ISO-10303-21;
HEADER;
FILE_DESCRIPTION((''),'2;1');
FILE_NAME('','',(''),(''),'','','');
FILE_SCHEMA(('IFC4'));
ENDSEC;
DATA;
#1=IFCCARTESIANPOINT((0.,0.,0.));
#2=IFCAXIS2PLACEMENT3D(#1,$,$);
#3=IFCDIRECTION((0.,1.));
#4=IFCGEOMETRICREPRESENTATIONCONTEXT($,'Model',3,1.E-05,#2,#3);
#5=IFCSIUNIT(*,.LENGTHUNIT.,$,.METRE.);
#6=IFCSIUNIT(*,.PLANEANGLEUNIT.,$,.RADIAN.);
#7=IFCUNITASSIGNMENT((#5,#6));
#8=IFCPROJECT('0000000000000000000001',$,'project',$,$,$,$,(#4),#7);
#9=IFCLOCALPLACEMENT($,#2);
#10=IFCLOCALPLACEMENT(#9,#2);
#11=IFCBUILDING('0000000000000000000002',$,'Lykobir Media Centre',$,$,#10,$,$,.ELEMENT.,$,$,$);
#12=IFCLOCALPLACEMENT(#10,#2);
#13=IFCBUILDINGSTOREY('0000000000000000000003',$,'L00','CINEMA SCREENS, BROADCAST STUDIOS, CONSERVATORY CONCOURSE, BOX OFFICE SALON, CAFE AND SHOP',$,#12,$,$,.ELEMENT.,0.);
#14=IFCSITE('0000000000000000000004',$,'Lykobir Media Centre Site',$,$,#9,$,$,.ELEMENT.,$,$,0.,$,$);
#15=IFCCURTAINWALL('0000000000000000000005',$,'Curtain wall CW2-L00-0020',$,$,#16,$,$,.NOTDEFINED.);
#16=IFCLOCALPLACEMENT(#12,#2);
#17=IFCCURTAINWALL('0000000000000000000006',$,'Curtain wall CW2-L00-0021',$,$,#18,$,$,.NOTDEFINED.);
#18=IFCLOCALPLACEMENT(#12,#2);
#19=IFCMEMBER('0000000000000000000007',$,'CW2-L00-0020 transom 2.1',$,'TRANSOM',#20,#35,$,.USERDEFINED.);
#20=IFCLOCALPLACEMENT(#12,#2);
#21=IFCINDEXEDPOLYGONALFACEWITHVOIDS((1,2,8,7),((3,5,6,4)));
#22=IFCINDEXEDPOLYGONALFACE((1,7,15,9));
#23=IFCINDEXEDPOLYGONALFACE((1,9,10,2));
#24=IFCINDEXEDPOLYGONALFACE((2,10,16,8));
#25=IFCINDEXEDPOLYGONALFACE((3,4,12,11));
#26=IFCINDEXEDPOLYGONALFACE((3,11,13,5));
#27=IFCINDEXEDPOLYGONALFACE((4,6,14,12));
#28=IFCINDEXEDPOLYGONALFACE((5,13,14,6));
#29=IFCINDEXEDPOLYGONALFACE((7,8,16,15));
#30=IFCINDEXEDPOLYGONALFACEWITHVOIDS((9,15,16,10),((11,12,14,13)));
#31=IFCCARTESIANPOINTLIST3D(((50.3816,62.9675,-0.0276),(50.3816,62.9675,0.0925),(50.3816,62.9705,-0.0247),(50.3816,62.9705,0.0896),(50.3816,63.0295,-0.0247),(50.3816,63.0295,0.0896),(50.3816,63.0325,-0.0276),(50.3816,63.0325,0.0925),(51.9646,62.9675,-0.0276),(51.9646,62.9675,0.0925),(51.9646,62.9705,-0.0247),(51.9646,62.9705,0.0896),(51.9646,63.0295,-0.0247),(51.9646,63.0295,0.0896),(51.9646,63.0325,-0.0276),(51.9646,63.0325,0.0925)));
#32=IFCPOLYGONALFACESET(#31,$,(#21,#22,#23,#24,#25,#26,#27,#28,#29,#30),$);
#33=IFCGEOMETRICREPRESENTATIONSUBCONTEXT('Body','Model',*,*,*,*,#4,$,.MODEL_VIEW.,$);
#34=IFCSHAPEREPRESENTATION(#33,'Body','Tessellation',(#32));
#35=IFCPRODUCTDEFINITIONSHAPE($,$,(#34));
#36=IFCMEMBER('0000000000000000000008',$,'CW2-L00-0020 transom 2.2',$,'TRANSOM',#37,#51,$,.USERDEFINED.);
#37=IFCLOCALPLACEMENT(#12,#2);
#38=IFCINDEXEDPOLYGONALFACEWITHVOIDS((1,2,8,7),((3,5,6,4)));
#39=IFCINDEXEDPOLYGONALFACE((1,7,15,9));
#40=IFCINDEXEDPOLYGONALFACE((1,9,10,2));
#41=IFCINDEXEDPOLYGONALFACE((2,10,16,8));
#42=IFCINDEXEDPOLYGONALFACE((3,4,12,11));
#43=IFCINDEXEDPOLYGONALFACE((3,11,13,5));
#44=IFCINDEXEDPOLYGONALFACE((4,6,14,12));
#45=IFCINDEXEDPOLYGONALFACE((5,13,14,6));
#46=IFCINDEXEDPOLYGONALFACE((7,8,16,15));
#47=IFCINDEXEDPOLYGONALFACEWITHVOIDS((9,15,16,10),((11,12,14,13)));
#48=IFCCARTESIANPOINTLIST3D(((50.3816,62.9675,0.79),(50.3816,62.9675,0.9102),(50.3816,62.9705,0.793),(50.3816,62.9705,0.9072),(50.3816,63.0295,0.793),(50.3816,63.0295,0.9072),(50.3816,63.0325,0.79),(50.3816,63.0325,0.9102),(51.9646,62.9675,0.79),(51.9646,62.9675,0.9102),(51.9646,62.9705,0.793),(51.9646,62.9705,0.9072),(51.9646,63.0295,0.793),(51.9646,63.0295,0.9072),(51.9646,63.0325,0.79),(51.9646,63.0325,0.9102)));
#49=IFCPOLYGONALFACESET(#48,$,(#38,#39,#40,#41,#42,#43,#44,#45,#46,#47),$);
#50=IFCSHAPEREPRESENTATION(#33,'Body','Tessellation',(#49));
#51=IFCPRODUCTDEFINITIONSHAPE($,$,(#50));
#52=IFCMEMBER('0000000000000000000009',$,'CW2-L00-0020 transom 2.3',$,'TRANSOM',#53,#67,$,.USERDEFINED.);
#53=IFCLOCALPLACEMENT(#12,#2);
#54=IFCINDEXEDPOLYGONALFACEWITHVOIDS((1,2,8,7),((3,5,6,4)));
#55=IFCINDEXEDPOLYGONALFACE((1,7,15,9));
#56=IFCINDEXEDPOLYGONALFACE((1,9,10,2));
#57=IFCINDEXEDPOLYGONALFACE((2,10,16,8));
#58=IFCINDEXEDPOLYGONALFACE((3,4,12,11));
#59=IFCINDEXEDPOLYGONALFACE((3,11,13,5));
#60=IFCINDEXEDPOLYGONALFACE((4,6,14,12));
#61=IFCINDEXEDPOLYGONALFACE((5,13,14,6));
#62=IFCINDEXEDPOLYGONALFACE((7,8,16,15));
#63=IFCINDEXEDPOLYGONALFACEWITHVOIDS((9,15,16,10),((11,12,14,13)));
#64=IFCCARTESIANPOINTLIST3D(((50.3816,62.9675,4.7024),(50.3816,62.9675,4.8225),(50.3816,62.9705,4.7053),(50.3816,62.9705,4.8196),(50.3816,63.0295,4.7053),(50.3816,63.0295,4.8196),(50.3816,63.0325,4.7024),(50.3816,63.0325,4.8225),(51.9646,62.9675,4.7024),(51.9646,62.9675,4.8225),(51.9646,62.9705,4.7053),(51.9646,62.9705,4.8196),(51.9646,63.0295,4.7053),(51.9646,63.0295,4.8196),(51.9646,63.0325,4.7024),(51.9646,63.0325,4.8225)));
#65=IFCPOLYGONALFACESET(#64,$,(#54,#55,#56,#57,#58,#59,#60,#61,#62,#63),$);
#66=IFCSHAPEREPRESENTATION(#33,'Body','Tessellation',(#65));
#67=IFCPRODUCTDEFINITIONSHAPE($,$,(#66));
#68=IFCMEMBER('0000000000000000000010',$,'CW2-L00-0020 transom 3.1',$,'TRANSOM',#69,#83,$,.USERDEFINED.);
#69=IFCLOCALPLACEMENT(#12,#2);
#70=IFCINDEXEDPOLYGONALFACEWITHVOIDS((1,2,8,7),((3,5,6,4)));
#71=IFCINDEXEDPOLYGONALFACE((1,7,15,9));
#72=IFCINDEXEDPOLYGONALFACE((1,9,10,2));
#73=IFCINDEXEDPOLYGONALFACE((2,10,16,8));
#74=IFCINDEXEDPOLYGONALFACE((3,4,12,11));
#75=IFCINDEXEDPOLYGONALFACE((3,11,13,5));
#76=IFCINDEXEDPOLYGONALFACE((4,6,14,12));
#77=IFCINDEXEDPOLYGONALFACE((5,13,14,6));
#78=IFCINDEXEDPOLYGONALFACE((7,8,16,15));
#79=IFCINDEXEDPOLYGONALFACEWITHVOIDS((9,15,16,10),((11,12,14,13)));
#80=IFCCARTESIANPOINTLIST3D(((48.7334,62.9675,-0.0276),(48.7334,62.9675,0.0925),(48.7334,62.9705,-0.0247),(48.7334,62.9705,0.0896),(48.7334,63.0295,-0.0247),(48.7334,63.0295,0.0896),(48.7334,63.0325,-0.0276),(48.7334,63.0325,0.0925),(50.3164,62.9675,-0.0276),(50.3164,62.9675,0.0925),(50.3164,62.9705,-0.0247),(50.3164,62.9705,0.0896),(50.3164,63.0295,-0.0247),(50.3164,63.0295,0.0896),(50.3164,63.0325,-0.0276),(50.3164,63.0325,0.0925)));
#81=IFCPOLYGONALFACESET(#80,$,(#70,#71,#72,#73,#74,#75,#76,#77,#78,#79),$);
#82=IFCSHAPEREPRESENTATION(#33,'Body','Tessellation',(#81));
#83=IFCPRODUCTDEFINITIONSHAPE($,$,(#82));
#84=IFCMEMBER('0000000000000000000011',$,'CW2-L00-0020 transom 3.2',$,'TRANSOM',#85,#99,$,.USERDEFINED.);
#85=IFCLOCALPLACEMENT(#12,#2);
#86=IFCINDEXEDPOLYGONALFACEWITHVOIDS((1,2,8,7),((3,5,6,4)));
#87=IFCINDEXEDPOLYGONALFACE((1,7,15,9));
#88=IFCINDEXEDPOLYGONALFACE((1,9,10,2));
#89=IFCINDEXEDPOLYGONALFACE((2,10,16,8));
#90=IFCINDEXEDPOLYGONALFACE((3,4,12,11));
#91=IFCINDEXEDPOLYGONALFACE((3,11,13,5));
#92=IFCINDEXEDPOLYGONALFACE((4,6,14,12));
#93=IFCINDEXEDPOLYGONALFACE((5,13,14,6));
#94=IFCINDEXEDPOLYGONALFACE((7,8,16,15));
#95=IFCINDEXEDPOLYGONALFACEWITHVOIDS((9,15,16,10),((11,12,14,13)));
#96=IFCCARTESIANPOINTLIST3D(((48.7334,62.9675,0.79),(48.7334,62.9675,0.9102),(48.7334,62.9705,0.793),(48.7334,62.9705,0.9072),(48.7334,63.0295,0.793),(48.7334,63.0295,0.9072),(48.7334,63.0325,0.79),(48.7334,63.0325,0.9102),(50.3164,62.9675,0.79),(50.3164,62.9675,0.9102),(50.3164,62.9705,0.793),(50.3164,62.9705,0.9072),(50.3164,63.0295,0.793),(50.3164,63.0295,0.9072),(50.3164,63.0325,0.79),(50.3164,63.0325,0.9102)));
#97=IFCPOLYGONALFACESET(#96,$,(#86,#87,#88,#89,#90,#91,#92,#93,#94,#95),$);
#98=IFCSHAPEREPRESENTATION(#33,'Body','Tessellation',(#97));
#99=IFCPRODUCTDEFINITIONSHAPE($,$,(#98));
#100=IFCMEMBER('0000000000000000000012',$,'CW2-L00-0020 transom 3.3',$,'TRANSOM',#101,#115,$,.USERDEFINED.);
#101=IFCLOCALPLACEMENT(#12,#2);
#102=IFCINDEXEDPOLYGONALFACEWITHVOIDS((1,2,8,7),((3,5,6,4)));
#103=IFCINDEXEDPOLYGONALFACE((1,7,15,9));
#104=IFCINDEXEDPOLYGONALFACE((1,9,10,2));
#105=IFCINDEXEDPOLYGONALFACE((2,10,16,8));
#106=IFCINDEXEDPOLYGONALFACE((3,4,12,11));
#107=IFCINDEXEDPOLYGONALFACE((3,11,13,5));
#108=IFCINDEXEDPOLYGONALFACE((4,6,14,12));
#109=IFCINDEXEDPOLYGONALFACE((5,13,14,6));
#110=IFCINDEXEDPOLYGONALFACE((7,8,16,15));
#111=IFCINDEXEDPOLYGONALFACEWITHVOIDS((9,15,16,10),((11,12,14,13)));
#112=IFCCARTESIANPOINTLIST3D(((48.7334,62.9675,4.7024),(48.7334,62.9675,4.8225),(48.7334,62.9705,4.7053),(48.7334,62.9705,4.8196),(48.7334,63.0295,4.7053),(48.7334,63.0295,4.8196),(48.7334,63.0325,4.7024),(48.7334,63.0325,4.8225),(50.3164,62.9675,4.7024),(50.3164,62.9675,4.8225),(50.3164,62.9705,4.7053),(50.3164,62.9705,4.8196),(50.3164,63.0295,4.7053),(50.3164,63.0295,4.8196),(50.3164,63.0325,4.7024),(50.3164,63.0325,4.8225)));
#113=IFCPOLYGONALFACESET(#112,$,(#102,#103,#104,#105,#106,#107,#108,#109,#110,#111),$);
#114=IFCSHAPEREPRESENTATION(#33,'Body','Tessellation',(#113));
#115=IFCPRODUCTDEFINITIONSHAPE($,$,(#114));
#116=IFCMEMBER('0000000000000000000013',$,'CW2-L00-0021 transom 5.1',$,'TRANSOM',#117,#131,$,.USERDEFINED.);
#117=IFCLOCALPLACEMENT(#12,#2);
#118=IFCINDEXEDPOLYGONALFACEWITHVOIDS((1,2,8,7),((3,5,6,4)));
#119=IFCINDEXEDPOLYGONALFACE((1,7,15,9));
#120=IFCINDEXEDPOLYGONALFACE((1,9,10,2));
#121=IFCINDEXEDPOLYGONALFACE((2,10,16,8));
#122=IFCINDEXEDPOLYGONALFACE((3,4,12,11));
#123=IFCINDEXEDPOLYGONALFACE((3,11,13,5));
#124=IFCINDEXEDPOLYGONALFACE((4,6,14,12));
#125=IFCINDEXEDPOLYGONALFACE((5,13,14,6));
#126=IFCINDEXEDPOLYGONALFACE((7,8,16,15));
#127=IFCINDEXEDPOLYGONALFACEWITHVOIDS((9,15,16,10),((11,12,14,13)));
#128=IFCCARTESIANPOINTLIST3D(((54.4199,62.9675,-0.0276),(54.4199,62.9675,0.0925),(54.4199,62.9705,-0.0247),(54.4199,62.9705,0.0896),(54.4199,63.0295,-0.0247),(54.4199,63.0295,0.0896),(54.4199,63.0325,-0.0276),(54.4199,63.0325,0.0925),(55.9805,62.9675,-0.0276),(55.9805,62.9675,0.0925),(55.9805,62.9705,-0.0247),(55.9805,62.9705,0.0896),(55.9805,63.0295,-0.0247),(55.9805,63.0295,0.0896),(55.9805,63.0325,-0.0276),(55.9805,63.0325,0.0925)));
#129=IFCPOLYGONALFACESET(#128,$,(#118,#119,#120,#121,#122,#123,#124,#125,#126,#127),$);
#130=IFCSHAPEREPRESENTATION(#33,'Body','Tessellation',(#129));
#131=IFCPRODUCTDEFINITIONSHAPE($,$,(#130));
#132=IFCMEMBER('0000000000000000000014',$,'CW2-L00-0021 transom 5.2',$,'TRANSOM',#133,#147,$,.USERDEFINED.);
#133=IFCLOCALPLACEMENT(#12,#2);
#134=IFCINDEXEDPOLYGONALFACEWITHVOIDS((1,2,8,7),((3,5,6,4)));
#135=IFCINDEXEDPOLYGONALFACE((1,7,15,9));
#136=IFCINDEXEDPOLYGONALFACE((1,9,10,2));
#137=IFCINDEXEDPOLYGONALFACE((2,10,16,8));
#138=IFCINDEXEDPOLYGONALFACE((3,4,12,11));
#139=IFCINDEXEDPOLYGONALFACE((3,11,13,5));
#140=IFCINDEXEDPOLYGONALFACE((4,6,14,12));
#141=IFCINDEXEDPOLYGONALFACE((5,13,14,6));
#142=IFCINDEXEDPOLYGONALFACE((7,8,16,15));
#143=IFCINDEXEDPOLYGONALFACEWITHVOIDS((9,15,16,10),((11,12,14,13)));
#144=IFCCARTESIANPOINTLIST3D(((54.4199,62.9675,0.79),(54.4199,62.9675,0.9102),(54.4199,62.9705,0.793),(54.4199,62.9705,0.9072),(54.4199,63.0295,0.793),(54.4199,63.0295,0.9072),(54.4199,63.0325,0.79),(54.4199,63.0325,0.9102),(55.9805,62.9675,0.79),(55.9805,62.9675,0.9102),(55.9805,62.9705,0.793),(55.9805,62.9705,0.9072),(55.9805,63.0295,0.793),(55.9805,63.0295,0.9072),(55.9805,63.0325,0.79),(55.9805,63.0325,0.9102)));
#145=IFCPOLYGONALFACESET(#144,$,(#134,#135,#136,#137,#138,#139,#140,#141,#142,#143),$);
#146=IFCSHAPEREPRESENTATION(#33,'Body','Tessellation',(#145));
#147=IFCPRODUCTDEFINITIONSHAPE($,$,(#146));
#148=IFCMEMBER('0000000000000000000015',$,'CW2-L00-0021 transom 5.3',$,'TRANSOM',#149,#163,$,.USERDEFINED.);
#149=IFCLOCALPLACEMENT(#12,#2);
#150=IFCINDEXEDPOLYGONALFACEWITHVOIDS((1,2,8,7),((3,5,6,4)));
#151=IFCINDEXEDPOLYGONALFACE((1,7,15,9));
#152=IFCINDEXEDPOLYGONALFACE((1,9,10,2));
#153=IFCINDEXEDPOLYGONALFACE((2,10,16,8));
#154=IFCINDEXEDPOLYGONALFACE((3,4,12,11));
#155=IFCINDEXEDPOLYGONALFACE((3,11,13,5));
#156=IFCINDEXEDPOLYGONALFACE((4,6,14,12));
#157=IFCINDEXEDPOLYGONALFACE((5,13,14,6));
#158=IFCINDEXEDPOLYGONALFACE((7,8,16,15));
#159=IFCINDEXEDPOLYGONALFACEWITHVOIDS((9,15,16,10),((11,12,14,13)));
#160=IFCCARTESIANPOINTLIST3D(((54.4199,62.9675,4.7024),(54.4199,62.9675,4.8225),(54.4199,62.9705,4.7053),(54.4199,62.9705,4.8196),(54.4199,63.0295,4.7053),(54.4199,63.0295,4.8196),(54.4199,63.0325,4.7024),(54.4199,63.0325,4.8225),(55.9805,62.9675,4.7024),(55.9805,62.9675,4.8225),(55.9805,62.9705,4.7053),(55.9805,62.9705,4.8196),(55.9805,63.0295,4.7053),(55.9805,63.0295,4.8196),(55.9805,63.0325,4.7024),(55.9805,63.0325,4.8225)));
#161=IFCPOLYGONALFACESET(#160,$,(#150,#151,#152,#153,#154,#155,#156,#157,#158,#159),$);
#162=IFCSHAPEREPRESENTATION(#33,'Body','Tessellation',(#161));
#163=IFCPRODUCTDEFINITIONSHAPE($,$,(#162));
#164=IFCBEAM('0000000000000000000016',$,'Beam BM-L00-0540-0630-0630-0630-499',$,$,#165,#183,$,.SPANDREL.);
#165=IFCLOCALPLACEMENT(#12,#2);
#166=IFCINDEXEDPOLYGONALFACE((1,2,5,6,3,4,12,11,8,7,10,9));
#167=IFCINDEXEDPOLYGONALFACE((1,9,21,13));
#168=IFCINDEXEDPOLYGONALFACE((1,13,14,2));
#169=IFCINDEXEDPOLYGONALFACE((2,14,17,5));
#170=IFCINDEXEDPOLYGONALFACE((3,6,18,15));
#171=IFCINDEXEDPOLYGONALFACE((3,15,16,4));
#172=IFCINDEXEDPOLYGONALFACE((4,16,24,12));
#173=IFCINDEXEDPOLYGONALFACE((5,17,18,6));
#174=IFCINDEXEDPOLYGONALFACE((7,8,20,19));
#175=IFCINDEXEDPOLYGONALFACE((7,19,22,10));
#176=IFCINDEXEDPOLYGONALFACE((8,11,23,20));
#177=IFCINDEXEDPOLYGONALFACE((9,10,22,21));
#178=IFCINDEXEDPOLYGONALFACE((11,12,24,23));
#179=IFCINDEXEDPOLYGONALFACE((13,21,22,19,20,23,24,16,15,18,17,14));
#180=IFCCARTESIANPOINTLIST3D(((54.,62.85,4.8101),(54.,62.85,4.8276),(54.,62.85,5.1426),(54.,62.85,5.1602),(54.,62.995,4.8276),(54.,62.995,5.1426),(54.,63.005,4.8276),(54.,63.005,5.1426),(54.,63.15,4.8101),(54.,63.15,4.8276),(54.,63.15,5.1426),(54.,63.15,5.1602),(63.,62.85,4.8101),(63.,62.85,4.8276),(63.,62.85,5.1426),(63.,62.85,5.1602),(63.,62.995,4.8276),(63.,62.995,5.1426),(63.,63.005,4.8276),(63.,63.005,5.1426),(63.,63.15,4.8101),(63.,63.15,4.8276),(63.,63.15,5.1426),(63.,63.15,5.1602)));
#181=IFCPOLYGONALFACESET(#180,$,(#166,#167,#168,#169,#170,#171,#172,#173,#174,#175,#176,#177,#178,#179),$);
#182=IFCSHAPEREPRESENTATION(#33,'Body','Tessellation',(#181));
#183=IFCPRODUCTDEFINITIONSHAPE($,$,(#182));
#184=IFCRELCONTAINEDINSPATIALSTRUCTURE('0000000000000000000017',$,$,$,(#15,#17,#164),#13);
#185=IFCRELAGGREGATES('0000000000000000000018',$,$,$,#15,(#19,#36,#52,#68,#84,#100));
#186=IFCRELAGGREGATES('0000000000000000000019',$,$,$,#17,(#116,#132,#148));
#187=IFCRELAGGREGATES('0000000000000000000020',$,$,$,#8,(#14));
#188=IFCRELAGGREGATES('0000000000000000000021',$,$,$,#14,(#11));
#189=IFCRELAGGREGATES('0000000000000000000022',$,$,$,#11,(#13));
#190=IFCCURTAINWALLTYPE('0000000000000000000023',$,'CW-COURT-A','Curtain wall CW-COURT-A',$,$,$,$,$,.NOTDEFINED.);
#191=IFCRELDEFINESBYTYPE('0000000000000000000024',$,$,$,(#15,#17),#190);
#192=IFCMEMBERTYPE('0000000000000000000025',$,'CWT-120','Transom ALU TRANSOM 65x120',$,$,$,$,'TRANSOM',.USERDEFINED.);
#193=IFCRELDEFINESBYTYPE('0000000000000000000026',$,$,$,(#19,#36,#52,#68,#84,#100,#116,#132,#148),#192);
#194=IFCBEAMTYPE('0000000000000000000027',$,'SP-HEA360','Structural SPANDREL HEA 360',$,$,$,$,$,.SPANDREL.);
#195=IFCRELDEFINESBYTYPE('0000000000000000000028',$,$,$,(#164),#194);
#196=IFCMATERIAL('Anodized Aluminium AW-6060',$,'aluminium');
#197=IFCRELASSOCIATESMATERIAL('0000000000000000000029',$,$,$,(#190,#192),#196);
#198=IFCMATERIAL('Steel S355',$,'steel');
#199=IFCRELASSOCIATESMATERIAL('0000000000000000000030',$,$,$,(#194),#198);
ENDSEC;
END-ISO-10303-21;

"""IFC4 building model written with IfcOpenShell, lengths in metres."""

from ifc_helpers import new_model, si_unit, direction, frame, origin, origin_2d, place, context, subcontext, project, spatial, hollow_rectangle, i_section, extrude, material, material_profile, profile_set, type_object, element, aggregate, save


model = new_model("IFC4")

# Units and contexts
model_context = context("Model", 3, precision=1e-05, world=origin(), true_north=direction((0.0, 1.0)))
body_context = subcontext(model_context, "Body", "Model", "MODEL_VIEW")
ifc_project = project(units=[si_unit("LENGTHUNIT", "METRE"), si_unit("PLANEANGLEUNIT", "RADIAN")], contexts=[model_context])

# Site, building, storey
site_placement = place(None, origin())
site = spatial("IfcSite", under=ifc_project, at=site_placement, Name="Lykobir Media Centre Site", CompositionType="ELEMENT", RefElevation=0.0)
building_placement = place(site_placement, origin())
building = spatial("IfcBuilding", under=site, at=building_placement, Name="Lykobir Media Centre", CompositionType="ELEMENT")
storey_placement = place(building_placement, origin())
storey = spatial("IfcBuildingStorey", under=building, at=storey_placement, Name="L00", Description="CINEMA SCREENS, BROADCAST STUDIOS, CONSERVATORY CONCOURSE, BOX OFFICE SALON, CAFE AND SHOP", CompositionType="ELEMENT", Elevation=0.0)

# Shared definitions
ifc_material_1 = material(Name="Steel S355", Category="steel")

# Curtain walls
ifc_material_2 = material(Name="Anodized Aluminium AW-6060", Category="aluminium")
curtain_wall_type = type_object("IfcCurtainWallType", Name="CW-COURT-A", Description="Curtain wall CW-COURT-A", PredefinedType="NOTDEFINED", material=ifc_material_2)
curtain_wall_1_placement = place(storey_placement, origin())
curtain_wall_1 = element("IfcCurtainWall", 1, at=curtain_wall_1_placement, inside=storey, type_object=curtain_wall_type, Name="Curtain wall CW2-L00-0020", PredefinedType="NOTDEFINED")
curtain_wall_2_placement = place(storey_placement, origin())
curtain_wall_2 = element("IfcCurtainWall", 2, at=curtain_wall_2_placement, inside=storey, type_object=curtain_wall_type, Name="Curtain wall CW2-L00-0021", PredefinedType="NOTDEFINED")

# Members
ifc_material_profile_1 = material_profile(ifc_material_2, hollow_rectangle(XDim=0.0649, YDim=0.1201, WallThickness=0.0029, at=origin_2d()), Name="ALU TRANSOM 65x120")
ifc_profile_set_1 = profile_set([ifc_material_profile_1], Name="Anodized Aluminium AW-6060")
member_type_1 = type_object("IfcMemberType", Name="CWT-120", Description="Transom ALU TRANSOM 65x120", ElementType="TRANSOM", PredefinedType="USERDEFINED", material=ifc_profile_set_1)
member_1_placement = place(storey_placement, frame((51.9646, 63.0, 0.0325), z_axis=(-1.0, 0.0, 0.0), x_axis=(0.0, -1.0, 0.0)))
member_1 = element("IfcMember", 3, at=member_1_placement, type_object=member_type_1, Name="CW2-L00-0020 transom 2.1", ObjectType="TRANSOM", PredefinedType="USERDEFINED", context=body_context, shape_type="SweptSolid", body=[
    extrude(hollow_rectangle(XDim=0.0649, YDim=0.1201, WallThickness=0.0029, at=origin_2d()), origin(), (0.0, 0.0, 1.0), 1.583),
])
member_2_placement = place(storey_placement, frame((51.9646, 63.0, 0.8501), z_axis=(-1.0, 0.0, 0.0), x_axis=(0.0, -1.0, 0.0)))
member_2 = element("IfcMember", 4, at=member_2_placement, type_object=member_type_1, Name="CW2-L00-0020 transom 2.2", ObjectType="TRANSOM", PredefinedType="USERDEFINED", context=body_context, shape_type="SweptSolid", body=[
    extrude(hollow_rectangle(XDim=0.0649, YDim=0.1201, WallThickness=0.0029, at=origin_2d()), origin(), (0.0, 0.0, 1.0), 1.583),
])
member_3_placement = place(storey_placement, frame((51.9646, 63.0, 4.7625), z_axis=(-1.0, 0.0, 0.0), x_axis=(0.0, -1.0, 0.0)))
member_3 = element("IfcMember", 5, at=member_3_placement, type_object=member_type_1, Name="CW2-L00-0020 transom 2.3", ObjectType="TRANSOM", PredefinedType="USERDEFINED", context=body_context, shape_type="SweptSolid", body=[
    extrude(hollow_rectangle(XDim=0.0649, YDim=0.1201, WallThickness=0.0029, at=origin_2d()), origin(), (0.0, 0.0, 1.0), 1.583),
])
member_4_placement = place(storey_placement, frame((50.3164, 63.0, 0.0325), z_axis=(-1.0, 0.0, 0.0), x_axis=(0.0, -1.0, 0.0)))
member_4 = element("IfcMember", 6, at=member_4_placement, type_object=member_type_1, Name="CW2-L00-0020 transom 3.1", ObjectType="TRANSOM", PredefinedType="USERDEFINED", context=body_context, shape_type="SweptSolid", body=[
    extrude(hollow_rectangle(XDim=0.0649, YDim=0.1201, WallThickness=0.0029, at=origin_2d()), origin(), (0.0, 0.0, 1.0), 1.583),
])
member_5_placement = place(storey_placement, frame((50.3164, 63.0, 0.8501), z_axis=(-1.0, 0.0, 0.0), x_axis=(0.0, -1.0, 0.0)))
member_5 = element("IfcMember", 7, at=member_5_placement, type_object=member_type_1, Name="CW2-L00-0020 transom 3.2", ObjectType="TRANSOM", PredefinedType="USERDEFINED", context=body_context, shape_type="SweptSolid", body=[
    extrude(hollow_rectangle(XDim=0.0649, YDim=0.1201, WallThickness=0.0029, at=origin_2d()), origin(), (0.0, 0.0, 1.0), 1.583),
])
member_6_placement = place(storey_placement, frame((50.3164, 63.0, 4.7625), z_axis=(-1.0, 0.0, 0.0), x_axis=(0.0, -1.0, 0.0)))
member_6 = element("IfcMember", 8, at=member_6_placement, type_object=member_type_1, Name="CW2-L00-0020 transom 3.3", ObjectType="TRANSOM", PredefinedType="USERDEFINED", context=body_context, shape_type="SweptSolid", body=[
    extrude(hollow_rectangle(XDim=0.0649, YDim=0.1201, WallThickness=0.0029, at=origin_2d()), origin(), (0.0, 0.0, 1.0), 1.583),
])
member_7_placement = place(storey_placement, frame((55.9805, 63.0, 0.0325), z_axis=(-1.0, 0.0, 0.0), x_axis=(0.0, -1.0, 0.0)))
member_7 = element("IfcMember", 9, at=member_7_placement, type_object=member_type_1, Name="CW2-L00-0021 transom 5.1", ObjectType="TRANSOM", PredefinedType="USERDEFINED", context=body_context, shape_type="SweptSolid", body=[
    extrude(hollow_rectangle(XDim=0.0649, YDim=0.1201, WallThickness=0.0029, at=origin_2d()), origin(), (0.0, 0.0, 1.0), 1.5605),
])
member_8_placement = place(storey_placement, frame((55.9805, 63.0, 0.8501), z_axis=(-1.0, 0.0, 0.0), x_axis=(0.0, -1.0, 0.0)))
member_8 = element("IfcMember", 10, at=member_8_placement, type_object=member_type_1, Name="CW2-L00-0021 transom 5.2", ObjectType="TRANSOM", PredefinedType="USERDEFINED", context=body_context, shape_type="SweptSolid", body=[
    extrude(hollow_rectangle(XDim=0.0649, YDim=0.1201, WallThickness=0.0029, at=origin_2d()), origin(), (0.0, 0.0, 1.0), 1.5605),
])
member_9_placement = place(storey_placement, frame((55.9805, 63.0, 4.7625), z_axis=(-1.0, 0.0, 0.0), x_axis=(0.0, -1.0, 0.0)))
member_9 = element("IfcMember", 11, at=member_9_placement, type_object=member_type_1, Name="CW2-L00-0021 transom 5.3", ObjectType="TRANSOM", PredefinedType="USERDEFINED", context=body_context, shape_type="SweptSolid", body=[
    extrude(hollow_rectangle(XDim=0.0649, YDim=0.1201, WallThickness=0.0029, at=origin_2d()), origin(), (0.0, 0.0, 1.0), 1.5605),
])

# Beam
ifc_material_profile_2 = material_profile(ifc_material_1, i_section(OverallWidth=0.3, OverallDepth=0.3501, WebThickness=0.01, FlangeThickness=0.0176, at=origin_2d()), Name="HEA 360")
ifc_profile_set_2 = profile_set([ifc_material_profile_2], Name="Steel S355")
beam_type_1 = type_object("IfcBeamType", Name="SP-HEA360", Description="Structural SPANDREL HEA 360", PredefinedType="SPANDREL", material=ifc_profile_set_2)
beam_1_placement = place(storey_placement, frame((54.0, 63.0, 4.9851), z_axis=(1.0, 0.0, 0.0), x_axis=(0.0, 1.0, 0.0)))
element("IfcBeam", 12, at=beam_1_placement, inside=storey, type_object=beam_type_1, Name="Beam BM-L00-0540-0630-0630-0630-499", PredefinedType="SPANDREL", context=body_context, shape_type="SweptSolid", body=[
    extrude(i_section(OverallWidth=0.3, OverallDepth=0.3501, WebThickness=0.01, FlangeThickness=0.0176, at=origin_2d()), origin(), (0.0, 0.0, 1.0), 9.0),
])

aggregate(curtain_wall_1, [member_1, member_2, member_3, member_4, member_5, member_6])
aggregate(curtain_wall_2, [member_7, member_8, member_9])

save(model, "model.ifc")
